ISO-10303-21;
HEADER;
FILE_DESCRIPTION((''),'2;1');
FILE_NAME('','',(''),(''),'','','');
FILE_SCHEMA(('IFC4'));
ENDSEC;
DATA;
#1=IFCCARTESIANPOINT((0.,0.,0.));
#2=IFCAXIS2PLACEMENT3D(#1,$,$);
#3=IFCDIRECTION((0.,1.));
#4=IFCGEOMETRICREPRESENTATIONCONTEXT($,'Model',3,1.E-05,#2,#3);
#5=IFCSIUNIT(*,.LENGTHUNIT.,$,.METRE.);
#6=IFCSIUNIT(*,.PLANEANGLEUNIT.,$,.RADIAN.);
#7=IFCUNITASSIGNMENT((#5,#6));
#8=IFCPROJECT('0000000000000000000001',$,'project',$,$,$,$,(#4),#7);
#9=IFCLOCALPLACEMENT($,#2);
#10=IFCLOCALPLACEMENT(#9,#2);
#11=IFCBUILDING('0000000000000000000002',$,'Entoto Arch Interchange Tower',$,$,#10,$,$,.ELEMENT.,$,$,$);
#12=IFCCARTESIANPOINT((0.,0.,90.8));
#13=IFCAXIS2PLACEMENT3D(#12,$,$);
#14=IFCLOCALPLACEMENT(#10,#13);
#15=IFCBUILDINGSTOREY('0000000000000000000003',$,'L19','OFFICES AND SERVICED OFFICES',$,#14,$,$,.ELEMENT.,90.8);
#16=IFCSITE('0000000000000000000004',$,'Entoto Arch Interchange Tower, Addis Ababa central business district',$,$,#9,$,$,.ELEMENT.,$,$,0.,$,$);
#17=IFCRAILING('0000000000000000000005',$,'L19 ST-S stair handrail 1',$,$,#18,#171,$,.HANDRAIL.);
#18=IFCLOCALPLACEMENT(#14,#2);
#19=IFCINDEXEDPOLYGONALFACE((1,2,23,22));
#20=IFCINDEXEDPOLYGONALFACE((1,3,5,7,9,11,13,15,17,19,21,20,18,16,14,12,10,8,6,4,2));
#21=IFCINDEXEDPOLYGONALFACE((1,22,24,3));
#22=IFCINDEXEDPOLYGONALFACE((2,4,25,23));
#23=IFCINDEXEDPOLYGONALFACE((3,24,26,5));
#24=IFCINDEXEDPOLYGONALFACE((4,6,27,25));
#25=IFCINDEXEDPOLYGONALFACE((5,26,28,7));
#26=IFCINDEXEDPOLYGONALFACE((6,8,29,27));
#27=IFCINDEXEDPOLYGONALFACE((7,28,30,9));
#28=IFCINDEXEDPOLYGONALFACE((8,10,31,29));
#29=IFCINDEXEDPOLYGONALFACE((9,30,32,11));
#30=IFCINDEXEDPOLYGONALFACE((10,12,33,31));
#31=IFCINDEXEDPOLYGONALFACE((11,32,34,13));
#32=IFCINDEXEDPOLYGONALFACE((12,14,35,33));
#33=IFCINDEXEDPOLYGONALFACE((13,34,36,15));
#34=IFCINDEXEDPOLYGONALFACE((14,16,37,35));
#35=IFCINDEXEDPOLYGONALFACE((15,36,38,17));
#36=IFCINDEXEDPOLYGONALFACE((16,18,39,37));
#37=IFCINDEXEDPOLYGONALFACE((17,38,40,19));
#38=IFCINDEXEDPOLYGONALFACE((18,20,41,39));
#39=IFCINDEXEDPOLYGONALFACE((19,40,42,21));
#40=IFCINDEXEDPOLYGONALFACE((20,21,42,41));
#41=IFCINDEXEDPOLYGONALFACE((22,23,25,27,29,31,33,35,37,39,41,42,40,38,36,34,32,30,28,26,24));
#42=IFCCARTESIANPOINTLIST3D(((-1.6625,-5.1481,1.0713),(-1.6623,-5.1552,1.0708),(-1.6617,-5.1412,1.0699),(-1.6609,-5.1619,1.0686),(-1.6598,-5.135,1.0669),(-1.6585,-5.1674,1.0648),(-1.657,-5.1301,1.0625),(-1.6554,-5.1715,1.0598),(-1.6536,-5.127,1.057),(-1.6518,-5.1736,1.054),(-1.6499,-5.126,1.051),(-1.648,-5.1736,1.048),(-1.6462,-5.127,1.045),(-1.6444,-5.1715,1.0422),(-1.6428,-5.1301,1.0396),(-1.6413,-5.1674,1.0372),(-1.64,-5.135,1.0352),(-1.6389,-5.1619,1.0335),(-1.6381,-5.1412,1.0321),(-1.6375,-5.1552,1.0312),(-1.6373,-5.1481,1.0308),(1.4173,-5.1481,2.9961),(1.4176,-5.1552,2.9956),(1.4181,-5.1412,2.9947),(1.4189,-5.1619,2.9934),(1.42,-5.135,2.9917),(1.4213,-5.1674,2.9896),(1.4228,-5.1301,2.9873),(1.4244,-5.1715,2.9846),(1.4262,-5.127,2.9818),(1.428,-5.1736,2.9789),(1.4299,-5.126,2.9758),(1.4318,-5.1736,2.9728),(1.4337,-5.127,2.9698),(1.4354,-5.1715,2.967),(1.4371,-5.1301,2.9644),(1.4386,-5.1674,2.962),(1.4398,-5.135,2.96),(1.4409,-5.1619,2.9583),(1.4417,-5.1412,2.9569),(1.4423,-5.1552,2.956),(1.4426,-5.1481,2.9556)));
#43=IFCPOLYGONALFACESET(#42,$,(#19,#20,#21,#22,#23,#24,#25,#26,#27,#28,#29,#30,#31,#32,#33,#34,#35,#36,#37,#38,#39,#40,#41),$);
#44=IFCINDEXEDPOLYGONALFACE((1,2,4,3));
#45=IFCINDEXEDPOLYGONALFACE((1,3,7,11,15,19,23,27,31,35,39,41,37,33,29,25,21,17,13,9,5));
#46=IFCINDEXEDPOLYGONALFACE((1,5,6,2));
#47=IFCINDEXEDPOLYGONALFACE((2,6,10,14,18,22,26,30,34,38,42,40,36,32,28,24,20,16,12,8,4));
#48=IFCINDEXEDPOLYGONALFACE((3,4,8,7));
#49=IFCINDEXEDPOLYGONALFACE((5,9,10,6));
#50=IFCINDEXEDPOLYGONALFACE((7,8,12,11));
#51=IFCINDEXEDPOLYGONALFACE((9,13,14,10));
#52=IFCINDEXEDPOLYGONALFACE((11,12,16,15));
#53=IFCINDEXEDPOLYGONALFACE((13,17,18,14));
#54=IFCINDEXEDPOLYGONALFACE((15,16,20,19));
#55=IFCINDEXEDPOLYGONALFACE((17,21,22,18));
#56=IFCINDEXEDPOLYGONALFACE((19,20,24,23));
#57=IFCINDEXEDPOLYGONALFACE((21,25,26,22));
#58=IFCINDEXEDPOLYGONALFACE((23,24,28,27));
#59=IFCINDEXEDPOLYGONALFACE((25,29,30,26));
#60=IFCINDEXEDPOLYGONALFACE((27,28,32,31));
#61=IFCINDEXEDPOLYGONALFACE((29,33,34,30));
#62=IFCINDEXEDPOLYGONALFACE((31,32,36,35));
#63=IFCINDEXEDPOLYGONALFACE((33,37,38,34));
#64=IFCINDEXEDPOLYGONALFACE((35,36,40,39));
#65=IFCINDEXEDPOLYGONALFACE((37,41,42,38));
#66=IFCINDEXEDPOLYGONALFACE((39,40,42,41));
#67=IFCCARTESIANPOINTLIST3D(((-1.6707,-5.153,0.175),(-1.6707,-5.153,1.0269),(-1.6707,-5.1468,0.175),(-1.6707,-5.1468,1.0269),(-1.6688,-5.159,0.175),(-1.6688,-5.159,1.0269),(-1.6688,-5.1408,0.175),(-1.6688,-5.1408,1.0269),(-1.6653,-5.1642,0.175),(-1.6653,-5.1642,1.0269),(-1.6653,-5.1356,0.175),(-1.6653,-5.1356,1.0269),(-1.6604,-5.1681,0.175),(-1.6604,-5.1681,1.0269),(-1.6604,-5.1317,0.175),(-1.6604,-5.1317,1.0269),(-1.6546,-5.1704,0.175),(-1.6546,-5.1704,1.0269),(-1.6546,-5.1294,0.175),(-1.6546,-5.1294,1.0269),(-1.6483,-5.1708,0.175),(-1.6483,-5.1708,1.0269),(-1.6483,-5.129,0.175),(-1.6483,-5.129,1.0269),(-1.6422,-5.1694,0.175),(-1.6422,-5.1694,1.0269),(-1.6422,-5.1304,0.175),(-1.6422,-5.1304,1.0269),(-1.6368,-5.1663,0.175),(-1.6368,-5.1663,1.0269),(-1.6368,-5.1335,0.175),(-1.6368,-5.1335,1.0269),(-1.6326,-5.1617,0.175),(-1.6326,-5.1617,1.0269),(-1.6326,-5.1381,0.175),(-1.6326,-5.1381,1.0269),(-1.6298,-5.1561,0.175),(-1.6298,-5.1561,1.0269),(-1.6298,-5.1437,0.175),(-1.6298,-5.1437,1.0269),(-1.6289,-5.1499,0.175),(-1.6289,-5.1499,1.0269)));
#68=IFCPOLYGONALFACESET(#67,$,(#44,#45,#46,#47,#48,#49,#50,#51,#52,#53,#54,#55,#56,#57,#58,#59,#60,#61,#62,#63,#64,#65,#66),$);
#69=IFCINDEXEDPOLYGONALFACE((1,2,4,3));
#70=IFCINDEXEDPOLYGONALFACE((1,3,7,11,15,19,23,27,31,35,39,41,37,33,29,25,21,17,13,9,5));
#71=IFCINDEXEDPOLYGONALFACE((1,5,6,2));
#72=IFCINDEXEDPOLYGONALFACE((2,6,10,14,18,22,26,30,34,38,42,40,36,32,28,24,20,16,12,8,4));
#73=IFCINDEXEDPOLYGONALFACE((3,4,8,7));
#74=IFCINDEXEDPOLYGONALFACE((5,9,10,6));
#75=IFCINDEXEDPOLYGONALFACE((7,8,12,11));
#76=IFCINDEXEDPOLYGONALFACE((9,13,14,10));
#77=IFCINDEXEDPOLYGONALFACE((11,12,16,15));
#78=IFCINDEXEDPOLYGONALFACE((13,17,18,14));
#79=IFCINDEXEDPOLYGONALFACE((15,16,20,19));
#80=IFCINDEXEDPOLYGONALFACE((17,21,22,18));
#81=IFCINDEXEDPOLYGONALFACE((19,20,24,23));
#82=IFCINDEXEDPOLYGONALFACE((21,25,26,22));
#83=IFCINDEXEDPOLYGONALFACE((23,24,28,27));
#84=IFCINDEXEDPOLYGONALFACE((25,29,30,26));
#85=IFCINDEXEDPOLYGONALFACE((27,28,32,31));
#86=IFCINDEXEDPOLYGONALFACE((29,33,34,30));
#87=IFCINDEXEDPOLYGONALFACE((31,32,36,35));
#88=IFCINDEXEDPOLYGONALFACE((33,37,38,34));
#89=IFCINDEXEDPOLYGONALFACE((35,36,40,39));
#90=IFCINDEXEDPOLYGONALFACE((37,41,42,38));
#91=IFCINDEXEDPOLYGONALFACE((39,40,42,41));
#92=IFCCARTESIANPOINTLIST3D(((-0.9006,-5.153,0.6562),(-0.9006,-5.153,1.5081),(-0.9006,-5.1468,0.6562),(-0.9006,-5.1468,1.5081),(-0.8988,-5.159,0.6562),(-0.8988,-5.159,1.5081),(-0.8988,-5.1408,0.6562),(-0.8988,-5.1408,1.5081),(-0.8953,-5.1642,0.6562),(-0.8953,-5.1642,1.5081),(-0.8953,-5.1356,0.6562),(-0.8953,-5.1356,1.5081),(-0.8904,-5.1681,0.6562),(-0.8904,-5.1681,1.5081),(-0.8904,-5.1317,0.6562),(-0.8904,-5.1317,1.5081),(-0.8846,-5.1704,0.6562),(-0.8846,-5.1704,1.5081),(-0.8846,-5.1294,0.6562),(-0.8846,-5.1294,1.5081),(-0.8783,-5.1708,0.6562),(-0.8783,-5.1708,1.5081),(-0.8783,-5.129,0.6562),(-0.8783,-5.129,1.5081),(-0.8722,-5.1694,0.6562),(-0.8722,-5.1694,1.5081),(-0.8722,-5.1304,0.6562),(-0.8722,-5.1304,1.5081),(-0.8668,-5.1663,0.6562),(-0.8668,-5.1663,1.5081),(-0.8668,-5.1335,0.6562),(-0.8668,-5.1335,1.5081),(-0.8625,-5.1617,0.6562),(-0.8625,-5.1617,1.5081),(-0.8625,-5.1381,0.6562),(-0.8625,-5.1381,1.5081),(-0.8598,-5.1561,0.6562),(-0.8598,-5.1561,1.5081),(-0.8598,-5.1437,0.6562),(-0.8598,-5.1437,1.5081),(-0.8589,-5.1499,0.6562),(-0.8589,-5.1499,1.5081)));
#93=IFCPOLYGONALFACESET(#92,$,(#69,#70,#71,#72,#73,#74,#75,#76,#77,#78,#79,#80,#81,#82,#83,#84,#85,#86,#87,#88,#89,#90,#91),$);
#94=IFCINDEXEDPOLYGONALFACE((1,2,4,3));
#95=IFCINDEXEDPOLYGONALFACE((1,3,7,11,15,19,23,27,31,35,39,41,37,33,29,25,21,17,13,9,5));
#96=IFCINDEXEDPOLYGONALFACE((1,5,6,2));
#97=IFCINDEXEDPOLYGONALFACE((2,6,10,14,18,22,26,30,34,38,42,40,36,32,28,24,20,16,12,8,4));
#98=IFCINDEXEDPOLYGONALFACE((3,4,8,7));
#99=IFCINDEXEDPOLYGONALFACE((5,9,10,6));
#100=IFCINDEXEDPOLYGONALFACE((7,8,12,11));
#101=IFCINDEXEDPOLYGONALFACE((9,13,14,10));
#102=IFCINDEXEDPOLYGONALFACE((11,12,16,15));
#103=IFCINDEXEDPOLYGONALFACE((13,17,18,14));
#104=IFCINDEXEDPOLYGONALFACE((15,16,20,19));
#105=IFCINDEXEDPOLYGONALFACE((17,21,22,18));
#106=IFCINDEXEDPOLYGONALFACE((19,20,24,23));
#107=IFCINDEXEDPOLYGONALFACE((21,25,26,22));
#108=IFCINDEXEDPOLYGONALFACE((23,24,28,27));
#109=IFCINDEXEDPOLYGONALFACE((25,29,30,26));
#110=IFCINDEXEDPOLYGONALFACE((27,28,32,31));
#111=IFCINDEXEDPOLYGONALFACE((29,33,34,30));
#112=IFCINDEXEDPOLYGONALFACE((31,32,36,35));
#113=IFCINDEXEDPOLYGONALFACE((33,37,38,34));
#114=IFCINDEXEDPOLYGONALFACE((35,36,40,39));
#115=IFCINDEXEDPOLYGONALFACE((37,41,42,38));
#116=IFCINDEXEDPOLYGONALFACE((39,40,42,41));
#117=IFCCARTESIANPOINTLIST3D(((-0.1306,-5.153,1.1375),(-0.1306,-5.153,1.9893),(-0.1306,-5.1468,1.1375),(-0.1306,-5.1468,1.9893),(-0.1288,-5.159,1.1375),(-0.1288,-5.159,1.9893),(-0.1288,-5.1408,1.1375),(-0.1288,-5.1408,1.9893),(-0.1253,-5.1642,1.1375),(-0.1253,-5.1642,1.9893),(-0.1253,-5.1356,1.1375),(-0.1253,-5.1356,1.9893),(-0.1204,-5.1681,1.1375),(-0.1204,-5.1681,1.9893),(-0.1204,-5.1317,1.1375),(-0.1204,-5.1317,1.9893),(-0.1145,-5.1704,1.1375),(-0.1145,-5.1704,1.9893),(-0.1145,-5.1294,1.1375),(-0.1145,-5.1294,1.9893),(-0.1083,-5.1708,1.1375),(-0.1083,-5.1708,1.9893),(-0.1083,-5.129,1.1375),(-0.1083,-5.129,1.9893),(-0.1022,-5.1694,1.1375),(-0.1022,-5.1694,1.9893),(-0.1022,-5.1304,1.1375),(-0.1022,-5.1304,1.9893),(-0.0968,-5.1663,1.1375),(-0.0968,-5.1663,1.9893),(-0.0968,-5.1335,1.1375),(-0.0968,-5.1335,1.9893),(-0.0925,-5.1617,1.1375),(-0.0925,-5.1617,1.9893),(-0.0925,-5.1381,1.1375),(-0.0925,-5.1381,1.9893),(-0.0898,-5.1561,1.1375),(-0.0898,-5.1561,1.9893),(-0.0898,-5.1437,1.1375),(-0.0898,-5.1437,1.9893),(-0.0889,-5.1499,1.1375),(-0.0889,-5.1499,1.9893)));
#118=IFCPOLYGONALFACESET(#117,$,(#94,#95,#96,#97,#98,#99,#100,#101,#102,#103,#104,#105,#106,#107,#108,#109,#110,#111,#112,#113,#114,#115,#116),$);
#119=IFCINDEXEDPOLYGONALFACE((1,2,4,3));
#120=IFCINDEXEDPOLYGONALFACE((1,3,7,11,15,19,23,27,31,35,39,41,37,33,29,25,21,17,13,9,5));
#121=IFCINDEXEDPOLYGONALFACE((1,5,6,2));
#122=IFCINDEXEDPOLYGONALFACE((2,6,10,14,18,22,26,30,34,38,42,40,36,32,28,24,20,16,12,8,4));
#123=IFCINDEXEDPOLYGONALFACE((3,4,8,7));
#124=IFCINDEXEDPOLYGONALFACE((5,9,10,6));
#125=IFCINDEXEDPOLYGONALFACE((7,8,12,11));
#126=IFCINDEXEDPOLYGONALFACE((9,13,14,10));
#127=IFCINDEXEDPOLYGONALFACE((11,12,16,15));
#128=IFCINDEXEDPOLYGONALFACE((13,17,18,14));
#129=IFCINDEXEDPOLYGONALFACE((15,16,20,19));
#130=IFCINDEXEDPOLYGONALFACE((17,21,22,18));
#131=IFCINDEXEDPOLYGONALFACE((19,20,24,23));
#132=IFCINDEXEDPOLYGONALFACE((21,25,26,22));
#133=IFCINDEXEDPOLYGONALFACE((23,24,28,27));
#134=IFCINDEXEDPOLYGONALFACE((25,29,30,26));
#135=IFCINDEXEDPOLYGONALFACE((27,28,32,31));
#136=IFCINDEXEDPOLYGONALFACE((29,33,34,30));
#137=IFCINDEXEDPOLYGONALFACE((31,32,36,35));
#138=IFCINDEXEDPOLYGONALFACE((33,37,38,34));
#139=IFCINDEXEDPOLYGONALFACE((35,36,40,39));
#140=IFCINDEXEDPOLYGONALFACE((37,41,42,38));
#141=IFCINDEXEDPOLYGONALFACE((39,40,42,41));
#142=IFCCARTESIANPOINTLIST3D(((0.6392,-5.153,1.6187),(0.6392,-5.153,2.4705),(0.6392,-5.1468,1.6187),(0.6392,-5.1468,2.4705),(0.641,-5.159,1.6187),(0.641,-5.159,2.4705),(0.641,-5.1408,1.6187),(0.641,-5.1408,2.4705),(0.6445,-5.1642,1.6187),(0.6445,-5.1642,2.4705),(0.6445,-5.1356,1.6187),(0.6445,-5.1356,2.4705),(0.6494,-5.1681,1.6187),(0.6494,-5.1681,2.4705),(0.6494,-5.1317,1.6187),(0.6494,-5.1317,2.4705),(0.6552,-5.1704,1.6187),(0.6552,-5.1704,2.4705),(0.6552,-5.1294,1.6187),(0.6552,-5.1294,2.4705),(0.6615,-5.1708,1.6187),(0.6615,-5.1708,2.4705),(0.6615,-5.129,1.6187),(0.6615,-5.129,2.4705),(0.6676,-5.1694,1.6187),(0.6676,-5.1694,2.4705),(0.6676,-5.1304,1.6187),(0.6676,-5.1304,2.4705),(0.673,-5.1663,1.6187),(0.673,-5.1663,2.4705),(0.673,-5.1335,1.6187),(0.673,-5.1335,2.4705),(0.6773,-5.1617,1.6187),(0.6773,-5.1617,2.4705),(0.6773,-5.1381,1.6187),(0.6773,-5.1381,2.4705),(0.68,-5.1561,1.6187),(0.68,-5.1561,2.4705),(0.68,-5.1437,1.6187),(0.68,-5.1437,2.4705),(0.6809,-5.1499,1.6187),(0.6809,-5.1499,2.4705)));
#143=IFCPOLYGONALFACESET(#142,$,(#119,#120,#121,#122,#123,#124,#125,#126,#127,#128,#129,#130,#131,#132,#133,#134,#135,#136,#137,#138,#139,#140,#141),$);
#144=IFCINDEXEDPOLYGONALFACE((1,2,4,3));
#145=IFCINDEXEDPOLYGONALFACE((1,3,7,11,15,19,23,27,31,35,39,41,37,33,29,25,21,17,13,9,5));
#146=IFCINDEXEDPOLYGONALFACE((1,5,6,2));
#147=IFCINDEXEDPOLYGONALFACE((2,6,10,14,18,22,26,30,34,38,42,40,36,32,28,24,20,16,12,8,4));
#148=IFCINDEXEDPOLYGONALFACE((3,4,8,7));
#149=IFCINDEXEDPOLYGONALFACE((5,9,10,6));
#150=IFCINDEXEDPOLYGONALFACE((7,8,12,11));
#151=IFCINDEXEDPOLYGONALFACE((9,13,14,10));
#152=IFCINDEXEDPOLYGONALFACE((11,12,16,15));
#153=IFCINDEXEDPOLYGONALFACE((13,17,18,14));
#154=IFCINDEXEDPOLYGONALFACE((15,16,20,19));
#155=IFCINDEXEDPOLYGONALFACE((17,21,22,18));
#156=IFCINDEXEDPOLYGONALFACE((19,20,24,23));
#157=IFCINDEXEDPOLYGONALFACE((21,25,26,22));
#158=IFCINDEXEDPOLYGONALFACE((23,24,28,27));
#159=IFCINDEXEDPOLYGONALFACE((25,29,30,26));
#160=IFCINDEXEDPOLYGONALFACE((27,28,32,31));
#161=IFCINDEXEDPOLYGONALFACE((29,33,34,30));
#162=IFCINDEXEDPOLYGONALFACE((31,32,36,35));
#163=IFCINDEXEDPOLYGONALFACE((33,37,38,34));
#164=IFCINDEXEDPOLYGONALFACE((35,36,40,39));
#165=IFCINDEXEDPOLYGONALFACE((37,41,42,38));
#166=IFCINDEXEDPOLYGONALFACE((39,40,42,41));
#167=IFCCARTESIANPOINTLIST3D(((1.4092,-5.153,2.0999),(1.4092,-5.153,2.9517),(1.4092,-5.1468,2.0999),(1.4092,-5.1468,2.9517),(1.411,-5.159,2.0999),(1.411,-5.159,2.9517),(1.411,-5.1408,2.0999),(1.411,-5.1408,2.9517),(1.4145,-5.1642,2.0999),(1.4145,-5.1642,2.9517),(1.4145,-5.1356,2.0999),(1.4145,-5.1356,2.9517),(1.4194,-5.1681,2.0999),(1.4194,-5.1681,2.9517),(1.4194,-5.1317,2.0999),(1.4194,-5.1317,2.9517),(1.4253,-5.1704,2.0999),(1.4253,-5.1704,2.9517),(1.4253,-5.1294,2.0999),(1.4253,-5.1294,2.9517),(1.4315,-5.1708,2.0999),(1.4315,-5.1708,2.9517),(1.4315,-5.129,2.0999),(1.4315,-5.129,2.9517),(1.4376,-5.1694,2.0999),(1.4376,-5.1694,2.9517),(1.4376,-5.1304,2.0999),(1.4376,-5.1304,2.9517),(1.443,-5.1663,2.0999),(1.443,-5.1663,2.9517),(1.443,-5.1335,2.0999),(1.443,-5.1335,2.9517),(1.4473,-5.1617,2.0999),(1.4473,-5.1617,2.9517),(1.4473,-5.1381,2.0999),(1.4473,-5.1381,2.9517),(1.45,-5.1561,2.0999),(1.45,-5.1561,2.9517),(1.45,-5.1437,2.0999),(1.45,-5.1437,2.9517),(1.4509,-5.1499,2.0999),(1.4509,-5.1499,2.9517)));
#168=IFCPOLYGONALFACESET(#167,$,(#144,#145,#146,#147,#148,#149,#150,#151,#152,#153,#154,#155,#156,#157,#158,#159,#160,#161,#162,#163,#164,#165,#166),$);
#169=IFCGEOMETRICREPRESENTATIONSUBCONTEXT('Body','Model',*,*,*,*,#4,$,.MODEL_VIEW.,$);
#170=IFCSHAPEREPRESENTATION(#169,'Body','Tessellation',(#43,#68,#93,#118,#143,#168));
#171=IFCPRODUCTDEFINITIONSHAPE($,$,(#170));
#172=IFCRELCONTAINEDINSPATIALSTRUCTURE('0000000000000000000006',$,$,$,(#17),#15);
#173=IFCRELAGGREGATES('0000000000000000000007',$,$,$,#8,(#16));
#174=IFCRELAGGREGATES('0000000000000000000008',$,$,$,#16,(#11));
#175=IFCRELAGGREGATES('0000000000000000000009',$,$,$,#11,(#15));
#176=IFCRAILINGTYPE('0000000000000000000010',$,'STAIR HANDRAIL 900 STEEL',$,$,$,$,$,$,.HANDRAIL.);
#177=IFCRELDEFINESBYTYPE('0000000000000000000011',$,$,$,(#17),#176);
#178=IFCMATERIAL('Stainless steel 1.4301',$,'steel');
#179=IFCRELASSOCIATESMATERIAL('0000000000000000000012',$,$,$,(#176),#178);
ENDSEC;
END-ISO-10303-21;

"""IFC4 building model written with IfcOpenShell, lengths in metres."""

from ifc_helpers import new_model, si_unit, direction, frame, origin, origin_2d, place, context, subcontext, project, spatial, circle, extrude, material, type_object, element, save


model = new_model("IFC4")

# Units and contexts
model_context = context("Model", 3, precision=1e-05, world=origin(), true_north=direction((0.0, 1.0)))
body_context = subcontext(model_context, "Body", "Model", "MODEL_VIEW")
ifc_project = project(units=[si_unit("LENGTHUNIT", "METRE"), si_unit("PLANEANGLEUNIT", "RADIAN")], contexts=[model_context])

# Site, building, storey
site_placement = place(None, origin())
site = spatial("IfcSite", under=ifc_project, at=site_placement, Name="Entoto Arch Interchange Tower, Addis Ababa central business district", CompositionType="ELEMENT", RefElevation=0.0)
building_placement = place(site_placement, origin())
building = spatial("IfcBuilding", under=site, at=building_placement, Name="Entoto Arch Interchange Tower", CompositionType="ELEMENT")
storey_placement = place(building_placement, frame((0.0, 0.0, 90.8)))
storey = spatial("IfcBuildingStorey", under=building, at=storey_placement, Name="L19", Description="OFFICES AND SERVICED OFFICES", CompositionType="ELEMENT", Elevation=90.8)

# Railing
ifc_material_1 = material(Name="Stainless steel 1.4301", Category="steel")
railing_type_1 = type_object("IfcRailingType", Name="STAIR HANDRAIL 900 STEEL", PredefinedType="HANDRAIL", material=ifc_material_1)
railing_1_placement = place(storey_placement, frame((-1.6499, -5.1499, 0.175)))
element("IfcRailing", 1, at=railing_1_placement, inside=storey, type_object=railing_type_1, Name="L19 ST-S stair handrail 1", PredefinedType="HANDRAIL", context=body_context, shape_type="SweptSolid", body=[
    extrude(circle(Radius=0.0239, at=origin_2d()), frame((0.0, 0.0, 0.876), z_axis=(0.84801, 0.0, 0.529981), x_axis=(0.0, 1.0, 0.0)), (0.0, 0.0, 1.0), 3.6318),
    extrude(circle(Radius=0.021, at=origin_2d()), origin(), (0.0, 0.0, 1.0), 0.8518),
    extrude(circle(Radius=0.021, at=origin_2d()), frame((0.77, 0.0, 0.4812)), (0.0, 0.0, 1.0), 0.8518),
    extrude(circle(Radius=0.021, at=origin_2d()), frame((1.54, 0.0, 0.9624)), (0.0, 0.0, 1.0), 0.8518),
    extrude(circle(Radius=0.021, at=origin_2d()), frame((2.3098, 0.0, 1.4436)), (0.0, 0.0, 1.0), 0.8518),
    extrude(circle(Radius=0.021, at=origin_2d()), frame((3.0798, 0.0, 1.9248)), (0.0, 0.0, 1.0), 0.8518),
])

save(model, "model.ifc")
